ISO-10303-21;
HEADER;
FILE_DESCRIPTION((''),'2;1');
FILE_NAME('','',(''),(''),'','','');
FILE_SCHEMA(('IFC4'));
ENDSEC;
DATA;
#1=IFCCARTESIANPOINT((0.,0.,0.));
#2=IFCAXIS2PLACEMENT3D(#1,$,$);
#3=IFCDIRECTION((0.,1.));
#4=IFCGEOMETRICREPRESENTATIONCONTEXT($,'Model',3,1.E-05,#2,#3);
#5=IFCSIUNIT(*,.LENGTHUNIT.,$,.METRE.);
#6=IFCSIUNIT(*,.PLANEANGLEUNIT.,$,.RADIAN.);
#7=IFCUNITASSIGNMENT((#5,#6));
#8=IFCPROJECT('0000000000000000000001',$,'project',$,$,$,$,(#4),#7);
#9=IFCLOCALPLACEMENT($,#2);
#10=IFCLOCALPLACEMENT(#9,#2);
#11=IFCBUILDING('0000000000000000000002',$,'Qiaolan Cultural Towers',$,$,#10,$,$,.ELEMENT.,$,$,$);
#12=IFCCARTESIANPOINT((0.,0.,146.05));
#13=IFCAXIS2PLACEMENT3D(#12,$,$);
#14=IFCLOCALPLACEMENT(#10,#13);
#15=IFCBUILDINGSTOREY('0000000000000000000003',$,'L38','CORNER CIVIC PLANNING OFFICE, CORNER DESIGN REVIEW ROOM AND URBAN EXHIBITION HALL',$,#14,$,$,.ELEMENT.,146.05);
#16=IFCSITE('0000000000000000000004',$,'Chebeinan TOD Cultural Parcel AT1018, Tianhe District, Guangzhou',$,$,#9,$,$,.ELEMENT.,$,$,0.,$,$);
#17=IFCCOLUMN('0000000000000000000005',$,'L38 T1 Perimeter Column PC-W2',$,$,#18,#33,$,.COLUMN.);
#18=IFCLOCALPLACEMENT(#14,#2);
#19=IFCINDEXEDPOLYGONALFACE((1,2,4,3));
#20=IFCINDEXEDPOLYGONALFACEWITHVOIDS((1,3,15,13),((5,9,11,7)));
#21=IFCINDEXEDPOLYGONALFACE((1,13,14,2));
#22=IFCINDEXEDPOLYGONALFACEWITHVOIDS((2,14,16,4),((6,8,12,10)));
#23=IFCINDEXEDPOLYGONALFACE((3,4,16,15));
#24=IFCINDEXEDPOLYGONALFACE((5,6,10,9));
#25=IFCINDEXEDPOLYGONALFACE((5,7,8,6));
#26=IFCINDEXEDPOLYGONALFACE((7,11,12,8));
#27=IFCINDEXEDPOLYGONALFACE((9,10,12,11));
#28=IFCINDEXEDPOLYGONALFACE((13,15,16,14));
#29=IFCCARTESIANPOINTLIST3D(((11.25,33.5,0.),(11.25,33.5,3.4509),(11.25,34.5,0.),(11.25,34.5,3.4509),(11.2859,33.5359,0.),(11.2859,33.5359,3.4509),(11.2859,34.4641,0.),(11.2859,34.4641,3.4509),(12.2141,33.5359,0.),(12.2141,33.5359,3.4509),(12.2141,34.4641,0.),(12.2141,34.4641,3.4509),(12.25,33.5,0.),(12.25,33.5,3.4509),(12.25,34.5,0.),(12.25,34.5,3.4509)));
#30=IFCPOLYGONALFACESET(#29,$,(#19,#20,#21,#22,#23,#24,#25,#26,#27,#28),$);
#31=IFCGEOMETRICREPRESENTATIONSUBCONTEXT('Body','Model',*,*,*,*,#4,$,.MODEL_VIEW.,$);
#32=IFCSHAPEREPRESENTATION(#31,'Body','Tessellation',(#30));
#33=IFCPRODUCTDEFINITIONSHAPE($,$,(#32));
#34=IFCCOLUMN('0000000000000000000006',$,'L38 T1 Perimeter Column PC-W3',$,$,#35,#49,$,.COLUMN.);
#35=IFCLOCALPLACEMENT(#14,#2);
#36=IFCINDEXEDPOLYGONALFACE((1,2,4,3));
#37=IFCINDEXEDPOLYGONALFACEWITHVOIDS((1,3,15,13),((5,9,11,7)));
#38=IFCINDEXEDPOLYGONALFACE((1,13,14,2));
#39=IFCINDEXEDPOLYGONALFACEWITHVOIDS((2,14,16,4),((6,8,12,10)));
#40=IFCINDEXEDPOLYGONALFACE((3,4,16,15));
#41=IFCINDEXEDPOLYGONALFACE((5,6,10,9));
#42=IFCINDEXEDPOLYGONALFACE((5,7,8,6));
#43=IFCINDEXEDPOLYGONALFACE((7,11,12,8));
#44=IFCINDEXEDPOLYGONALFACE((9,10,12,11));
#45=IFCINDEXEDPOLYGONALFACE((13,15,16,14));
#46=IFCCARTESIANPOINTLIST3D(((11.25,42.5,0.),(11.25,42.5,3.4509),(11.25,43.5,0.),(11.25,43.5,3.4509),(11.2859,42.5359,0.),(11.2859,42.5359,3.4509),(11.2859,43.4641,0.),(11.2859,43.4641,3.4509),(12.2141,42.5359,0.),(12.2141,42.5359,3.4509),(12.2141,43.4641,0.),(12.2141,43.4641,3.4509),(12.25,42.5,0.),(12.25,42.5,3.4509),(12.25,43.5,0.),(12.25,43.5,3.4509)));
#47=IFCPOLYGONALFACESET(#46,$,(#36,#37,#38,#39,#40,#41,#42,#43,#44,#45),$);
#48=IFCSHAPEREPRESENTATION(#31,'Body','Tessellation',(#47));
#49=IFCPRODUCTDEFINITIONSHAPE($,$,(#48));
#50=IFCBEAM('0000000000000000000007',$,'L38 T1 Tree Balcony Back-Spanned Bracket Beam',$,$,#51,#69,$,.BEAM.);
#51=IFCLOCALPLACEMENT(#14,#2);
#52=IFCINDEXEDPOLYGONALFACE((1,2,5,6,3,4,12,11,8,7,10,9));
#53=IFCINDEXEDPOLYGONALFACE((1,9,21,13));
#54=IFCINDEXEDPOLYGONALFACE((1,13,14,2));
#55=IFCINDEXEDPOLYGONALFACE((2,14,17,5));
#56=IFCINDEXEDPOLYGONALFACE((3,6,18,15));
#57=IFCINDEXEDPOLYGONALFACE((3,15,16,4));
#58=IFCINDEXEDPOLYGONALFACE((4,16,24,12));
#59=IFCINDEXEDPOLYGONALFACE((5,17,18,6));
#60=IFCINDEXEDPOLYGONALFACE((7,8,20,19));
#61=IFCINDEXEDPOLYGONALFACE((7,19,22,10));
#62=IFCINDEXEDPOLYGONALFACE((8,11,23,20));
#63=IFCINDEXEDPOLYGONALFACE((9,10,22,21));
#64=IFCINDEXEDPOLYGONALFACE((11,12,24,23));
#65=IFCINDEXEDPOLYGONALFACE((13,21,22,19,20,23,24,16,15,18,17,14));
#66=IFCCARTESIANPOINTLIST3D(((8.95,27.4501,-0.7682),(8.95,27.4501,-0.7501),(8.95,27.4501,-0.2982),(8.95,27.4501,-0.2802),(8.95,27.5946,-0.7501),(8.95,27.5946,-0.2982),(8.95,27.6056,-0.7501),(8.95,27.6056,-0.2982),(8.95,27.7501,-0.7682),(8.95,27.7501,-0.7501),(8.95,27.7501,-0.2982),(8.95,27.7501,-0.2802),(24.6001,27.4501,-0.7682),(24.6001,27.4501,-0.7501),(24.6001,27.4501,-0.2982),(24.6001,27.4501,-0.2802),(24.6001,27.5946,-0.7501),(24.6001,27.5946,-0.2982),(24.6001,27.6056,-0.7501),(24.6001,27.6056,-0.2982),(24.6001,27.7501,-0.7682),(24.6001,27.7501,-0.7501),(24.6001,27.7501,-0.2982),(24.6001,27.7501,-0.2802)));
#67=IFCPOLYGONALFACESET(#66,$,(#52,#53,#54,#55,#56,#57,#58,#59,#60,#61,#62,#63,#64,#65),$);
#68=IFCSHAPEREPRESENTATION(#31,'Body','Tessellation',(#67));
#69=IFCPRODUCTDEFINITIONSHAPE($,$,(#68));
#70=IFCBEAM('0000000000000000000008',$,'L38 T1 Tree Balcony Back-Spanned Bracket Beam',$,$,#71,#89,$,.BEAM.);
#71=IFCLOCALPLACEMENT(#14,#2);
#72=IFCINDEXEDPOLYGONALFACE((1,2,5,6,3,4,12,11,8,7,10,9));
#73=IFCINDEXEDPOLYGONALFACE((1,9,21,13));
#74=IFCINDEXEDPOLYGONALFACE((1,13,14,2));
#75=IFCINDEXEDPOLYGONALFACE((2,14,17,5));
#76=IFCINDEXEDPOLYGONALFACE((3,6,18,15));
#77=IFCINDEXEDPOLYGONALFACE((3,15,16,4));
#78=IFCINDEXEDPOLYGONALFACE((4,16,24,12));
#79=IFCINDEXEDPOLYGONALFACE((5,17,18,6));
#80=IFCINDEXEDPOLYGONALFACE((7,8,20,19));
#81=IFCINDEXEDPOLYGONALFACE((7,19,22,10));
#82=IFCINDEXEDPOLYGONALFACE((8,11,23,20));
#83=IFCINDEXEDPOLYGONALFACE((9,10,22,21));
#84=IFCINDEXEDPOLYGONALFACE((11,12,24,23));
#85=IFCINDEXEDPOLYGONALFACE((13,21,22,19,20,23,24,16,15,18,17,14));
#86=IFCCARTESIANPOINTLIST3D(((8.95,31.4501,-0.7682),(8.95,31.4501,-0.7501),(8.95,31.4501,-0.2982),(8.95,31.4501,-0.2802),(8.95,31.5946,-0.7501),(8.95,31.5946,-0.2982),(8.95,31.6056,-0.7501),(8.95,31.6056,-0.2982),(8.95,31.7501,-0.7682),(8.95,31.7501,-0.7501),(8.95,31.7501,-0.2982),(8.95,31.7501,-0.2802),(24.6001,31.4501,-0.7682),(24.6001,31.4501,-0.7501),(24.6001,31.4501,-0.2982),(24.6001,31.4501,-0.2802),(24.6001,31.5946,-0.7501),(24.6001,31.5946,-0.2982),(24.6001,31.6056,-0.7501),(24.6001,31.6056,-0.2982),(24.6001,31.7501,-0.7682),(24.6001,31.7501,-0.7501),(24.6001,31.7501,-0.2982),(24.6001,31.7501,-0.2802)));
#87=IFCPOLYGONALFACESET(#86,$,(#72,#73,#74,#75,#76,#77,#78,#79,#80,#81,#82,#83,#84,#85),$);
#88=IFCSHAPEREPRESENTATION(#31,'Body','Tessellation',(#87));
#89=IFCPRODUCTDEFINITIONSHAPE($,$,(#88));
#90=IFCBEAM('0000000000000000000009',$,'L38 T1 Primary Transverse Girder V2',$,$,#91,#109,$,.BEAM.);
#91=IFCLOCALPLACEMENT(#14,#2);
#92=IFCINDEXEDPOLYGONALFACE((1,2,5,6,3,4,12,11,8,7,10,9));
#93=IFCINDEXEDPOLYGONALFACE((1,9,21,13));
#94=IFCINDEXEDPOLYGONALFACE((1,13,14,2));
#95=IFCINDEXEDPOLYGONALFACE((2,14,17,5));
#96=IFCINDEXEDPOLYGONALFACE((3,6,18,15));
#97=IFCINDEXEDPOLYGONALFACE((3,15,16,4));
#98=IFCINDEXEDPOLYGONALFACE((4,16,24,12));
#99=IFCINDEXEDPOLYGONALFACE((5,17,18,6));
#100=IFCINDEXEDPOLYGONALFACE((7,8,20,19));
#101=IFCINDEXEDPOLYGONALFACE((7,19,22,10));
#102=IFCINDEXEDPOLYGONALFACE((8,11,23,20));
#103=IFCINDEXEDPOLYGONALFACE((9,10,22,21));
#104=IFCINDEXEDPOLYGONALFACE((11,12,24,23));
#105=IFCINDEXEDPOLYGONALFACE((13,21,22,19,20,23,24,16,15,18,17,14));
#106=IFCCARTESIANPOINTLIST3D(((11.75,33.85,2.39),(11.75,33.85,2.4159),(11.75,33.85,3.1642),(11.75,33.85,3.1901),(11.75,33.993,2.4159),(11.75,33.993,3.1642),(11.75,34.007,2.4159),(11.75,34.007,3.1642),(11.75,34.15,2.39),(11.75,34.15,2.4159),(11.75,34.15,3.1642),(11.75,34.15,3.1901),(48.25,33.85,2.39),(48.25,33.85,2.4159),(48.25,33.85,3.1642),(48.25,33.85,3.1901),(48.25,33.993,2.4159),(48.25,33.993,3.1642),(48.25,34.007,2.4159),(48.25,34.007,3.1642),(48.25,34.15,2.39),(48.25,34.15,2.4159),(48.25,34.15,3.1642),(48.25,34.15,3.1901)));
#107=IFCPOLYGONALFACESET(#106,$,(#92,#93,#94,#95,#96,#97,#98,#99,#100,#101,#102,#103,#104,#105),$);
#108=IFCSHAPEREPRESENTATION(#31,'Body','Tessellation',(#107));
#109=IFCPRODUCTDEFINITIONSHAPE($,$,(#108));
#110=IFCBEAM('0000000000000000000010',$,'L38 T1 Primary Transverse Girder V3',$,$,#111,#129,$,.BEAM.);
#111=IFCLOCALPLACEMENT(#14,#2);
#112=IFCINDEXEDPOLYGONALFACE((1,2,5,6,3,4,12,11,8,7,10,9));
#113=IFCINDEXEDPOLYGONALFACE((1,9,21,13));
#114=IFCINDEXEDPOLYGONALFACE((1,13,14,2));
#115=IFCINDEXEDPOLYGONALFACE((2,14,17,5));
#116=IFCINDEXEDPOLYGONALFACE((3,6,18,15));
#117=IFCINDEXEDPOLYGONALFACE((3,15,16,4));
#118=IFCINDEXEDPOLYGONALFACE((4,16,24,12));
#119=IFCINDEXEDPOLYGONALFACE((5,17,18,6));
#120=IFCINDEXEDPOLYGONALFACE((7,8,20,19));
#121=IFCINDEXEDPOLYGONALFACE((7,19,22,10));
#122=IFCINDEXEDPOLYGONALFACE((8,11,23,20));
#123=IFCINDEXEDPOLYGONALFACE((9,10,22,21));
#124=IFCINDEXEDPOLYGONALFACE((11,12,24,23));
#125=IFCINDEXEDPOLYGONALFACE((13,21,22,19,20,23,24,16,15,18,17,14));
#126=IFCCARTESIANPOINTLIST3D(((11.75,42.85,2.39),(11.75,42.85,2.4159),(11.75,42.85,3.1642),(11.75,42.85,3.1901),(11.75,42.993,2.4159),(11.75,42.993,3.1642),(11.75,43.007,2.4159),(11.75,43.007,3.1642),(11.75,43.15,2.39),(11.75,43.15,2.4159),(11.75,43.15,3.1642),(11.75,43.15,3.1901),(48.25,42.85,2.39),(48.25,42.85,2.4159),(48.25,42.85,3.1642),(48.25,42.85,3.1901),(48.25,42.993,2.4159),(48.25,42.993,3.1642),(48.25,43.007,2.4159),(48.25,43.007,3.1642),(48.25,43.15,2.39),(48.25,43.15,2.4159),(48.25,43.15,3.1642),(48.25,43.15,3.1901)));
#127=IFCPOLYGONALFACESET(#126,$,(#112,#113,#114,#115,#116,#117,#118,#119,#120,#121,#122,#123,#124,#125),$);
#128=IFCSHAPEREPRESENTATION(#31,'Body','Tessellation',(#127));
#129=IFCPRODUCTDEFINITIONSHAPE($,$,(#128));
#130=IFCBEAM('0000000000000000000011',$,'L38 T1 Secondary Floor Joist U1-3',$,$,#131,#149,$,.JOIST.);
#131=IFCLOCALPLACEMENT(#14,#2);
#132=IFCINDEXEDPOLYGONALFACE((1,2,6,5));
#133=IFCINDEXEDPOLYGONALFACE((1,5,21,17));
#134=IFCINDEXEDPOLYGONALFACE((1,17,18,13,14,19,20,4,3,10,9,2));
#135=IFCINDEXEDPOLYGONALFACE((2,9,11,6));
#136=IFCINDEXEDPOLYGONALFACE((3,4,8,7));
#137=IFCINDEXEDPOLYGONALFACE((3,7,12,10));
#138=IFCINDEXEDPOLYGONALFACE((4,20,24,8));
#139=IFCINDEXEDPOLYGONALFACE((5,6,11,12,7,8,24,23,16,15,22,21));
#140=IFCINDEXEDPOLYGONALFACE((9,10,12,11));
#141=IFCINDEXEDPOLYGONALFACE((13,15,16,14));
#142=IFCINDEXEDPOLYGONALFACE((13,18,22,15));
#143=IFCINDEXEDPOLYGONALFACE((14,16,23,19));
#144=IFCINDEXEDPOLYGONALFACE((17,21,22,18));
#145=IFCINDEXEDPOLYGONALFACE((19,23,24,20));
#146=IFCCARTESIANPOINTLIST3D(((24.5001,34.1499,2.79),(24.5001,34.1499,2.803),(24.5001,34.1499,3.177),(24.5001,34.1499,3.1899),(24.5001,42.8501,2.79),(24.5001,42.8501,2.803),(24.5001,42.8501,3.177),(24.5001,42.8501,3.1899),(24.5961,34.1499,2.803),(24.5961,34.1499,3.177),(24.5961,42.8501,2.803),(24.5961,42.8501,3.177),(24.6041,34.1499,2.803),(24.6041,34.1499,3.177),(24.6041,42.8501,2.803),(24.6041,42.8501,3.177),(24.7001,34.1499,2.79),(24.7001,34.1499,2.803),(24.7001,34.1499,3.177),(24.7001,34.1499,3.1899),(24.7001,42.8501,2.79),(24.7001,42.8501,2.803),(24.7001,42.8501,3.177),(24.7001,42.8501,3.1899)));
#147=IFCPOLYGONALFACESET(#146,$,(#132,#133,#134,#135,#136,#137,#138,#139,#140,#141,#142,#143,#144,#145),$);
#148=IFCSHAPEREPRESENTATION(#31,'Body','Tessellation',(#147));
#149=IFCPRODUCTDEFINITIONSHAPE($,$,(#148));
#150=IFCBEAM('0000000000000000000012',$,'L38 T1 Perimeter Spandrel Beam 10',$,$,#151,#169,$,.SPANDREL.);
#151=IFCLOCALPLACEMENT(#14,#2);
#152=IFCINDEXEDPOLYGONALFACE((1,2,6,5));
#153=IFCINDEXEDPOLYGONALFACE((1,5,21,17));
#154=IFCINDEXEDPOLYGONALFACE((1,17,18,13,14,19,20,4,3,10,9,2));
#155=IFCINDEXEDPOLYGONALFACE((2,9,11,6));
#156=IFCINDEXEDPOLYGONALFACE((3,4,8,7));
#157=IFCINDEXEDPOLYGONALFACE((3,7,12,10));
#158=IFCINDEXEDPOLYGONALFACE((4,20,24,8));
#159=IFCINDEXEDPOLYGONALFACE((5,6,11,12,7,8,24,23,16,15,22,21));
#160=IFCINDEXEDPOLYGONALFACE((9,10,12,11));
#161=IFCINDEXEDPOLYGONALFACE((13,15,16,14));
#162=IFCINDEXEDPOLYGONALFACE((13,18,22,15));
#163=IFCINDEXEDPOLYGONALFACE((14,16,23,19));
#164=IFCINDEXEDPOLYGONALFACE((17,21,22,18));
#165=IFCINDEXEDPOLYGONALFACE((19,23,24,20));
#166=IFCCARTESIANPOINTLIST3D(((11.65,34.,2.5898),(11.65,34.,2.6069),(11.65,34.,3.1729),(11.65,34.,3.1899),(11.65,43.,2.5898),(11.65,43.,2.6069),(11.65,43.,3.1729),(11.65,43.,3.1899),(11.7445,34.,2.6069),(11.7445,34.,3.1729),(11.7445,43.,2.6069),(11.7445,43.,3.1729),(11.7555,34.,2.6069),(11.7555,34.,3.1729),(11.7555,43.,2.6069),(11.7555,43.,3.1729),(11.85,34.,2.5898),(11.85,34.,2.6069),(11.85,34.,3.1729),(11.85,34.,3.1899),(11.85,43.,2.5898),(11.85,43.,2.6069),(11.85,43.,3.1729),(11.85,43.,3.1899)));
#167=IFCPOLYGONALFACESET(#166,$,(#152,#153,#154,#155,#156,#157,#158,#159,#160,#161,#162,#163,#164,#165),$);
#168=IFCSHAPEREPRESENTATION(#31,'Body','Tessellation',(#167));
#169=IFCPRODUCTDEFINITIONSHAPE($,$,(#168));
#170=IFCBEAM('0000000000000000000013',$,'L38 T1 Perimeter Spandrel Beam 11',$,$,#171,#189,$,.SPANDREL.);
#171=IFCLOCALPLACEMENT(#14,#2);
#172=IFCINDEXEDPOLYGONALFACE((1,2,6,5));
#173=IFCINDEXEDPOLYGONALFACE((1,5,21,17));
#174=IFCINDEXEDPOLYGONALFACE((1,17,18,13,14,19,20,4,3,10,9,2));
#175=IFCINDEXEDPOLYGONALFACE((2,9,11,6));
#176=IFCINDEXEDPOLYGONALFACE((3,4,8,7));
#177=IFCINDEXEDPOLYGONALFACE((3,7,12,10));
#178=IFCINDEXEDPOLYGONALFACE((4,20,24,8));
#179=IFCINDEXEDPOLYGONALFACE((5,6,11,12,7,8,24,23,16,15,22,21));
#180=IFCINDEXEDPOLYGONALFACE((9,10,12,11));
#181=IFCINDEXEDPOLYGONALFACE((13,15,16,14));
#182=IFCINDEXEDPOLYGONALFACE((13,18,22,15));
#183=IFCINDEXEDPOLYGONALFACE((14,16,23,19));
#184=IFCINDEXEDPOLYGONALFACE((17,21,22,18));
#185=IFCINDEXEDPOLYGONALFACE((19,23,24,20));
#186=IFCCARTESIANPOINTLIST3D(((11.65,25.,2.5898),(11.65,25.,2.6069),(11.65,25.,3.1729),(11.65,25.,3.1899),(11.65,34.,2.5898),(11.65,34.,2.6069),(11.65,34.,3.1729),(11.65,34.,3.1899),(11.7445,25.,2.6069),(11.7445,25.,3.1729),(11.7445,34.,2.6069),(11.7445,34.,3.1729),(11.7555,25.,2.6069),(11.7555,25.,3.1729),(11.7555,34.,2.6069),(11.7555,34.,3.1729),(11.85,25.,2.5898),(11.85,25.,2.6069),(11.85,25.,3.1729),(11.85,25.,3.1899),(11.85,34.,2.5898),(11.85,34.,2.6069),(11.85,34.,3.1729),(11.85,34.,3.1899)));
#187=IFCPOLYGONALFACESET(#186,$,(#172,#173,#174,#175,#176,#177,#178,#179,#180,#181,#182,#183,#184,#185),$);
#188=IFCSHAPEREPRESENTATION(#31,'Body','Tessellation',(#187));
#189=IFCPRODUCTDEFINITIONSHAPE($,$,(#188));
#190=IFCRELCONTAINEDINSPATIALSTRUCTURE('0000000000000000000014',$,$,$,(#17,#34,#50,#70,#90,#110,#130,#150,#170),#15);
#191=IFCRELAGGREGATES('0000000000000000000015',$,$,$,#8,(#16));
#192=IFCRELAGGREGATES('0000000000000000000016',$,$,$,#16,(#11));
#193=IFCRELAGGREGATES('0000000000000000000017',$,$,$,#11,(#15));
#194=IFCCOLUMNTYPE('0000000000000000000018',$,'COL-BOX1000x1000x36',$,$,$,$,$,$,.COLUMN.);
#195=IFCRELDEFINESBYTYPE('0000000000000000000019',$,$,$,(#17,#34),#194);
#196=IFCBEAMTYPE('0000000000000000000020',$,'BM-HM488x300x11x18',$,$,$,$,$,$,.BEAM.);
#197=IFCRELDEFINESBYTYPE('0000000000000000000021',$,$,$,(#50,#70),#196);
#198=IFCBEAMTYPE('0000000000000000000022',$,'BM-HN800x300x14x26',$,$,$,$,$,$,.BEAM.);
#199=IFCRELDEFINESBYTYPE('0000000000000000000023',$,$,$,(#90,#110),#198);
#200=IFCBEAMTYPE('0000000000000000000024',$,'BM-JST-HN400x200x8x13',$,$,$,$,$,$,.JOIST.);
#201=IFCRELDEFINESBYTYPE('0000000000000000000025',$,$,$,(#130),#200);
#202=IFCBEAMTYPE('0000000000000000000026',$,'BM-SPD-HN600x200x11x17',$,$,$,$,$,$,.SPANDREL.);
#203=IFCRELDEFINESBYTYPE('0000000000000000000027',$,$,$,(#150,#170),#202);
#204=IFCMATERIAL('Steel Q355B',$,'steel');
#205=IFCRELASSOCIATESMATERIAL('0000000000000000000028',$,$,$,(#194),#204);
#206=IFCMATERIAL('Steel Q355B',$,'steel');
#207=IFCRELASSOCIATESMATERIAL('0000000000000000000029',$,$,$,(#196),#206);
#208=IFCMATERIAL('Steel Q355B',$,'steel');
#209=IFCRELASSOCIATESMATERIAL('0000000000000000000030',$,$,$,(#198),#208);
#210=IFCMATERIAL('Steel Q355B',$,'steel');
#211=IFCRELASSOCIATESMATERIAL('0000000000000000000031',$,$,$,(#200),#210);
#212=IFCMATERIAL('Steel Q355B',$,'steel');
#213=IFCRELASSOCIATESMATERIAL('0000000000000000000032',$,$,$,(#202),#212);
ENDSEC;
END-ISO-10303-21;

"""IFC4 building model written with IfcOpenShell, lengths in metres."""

from ifc_helpers import new_model, si_unit, direction, frame, origin, origin_2d, place, context, subcontext, project, spatial, hollow_rectangle, i_section, extrude, material, material_profile, profile_set, type_object, element, save


model = new_model("IFC4")

# Units and contexts
model_context = context("Model", 3, precision=1e-05, world=origin(), true_north=direction((0.0, 1.0)))
body_context = subcontext(model_context, "Body", "Model", "MODEL_VIEW")
ifc_project = project(units=[si_unit("LENGTHUNIT", "METRE"), si_unit("PLANEANGLEUNIT", "RADIAN")], contexts=[model_context])

# Site, building, storey
site_placement = place(None, origin())
site = spatial("IfcSite", under=ifc_project, at=site_placement, Name="Chebeinan TOD Cultural Parcel AT1018, Tianhe District, Guangzhou", CompositionType="ELEMENT", RefElevation=0.0)
building_placement = place(site_placement, origin())
building = spatial("IfcBuilding", under=site, at=building_placement, Name="Qiaolan Cultural Towers", CompositionType="ELEMENT")
storey_placement = place(building_placement, frame((0.0, 0.0, 146.05)))
storey = spatial("IfcBuildingStorey", under=building, at=storey_placement, Name="L38", Description="CORNER CIVIC PLANNING OFFICE, CORNER DESIGN REVIEW ROOM AND URBAN EXHIBITION HALL", CompositionType="ELEMENT", Elevation=146.05)

# Columns
ifc_material_1 = material(Name="Steel Q355B", Category="steel")
ifc_material_profile_1 = material_profile(ifc_material_1, hollow_rectangle(XDim=1.0, YDim=1.0, WallThickness=0.0359, at=origin_2d()), Name="BOX1000x1000x36")
ifc_profile_set_1 = profile_set([ifc_material_profile_1], Name="Steel Q355B")
column_type = type_object("IfcColumnType", Name="COL-BOX1000x1000x36", PredefinedType="COLUMN", material=ifc_profile_set_1)
for number, where, z_axis, x_axis, name in (
    (1, (11.75, 34.0, 0.0), (0.0, 0.0, 1.0), (1.0, 0.0, 0.0), "L38 T1 Perimeter Column PC-W2"),
    (2, (11.75, 43.0, 0.0), (0.0, 0.0, 1.0), (1.0, 0.0, 0.0), "L38 T1 Perimeter Column PC-W3"),
):
    element("IfcColumn", number, at=place(storey_placement, frame(where, z_axis=z_axis, x_axis=x_axis)), inside=storey, type_object=column_type, Name=name, PredefinedType="COLUMN", context=body_context, shape_type="SweptSolid", body=[
        extrude(hollow_rectangle(XDim=1.0, YDim=1.0, WallThickness=0.0359, at=origin_2d()), origin(), (0.0, 0.0, 1.0), 3.4509),
    ])

# Beams
ifc_material_2 = material(Name="Steel Q355B", Category="steel")
ifc_material_profile_2 = material_profile(ifc_material_2, i_section(OverallWidth=0.3, OverallDepth=0.488, WebThickness=0.011, FlangeThickness=0.0181, at=origin_2d()), Name="HM488x300x11x18")
ifc_profile_set_2 = profile_set([ifc_material_profile_2], Name="Steel Q355B")
beam_type_1 = type_object("IfcBeamType", Name="BM-HM488x300x11x18", PredefinedType="BEAM", material=ifc_profile_set_2)
for number, where, z_axis, x_axis, name in (
    (3, (24.6001, 27.6001, -0.5242), (-1.0, 0.0, 0.0), (0.0, -1.0, 0.0), "L38 T1 Tree Balcony Back-Spanned Bracket Beam"),
    (4, (24.6001, 31.6001, -0.5242), (-1.0, 0.0, 0.0), (0.0, -1.0, 0.0), "L38 T1 Tree Balcony Back-Spanned Bracket Beam"),
):
    element("IfcBeam", number, at=place(storey_placement, frame(where, z_axis=z_axis, x_axis=x_axis)), inside=storey, type_object=beam_type_1, Name=name, PredefinedType="BEAM", context=body_context, shape_type="SweptSolid", body=[
        extrude(i_section(OverallWidth=0.3, OverallDepth=0.488, WebThickness=0.011, FlangeThickness=0.0181, at=origin_2d()), origin(), (0.0, 0.0, 1.0), 15.6501),
    ])
ifc_material_3 = material(Name="Steel Q355B", Category="steel")
ifc_material_profile_3 = material_profile(ifc_material_3, i_section(OverallWidth=0.3, OverallDepth=0.8, WebThickness=0.0139, FlangeThickness=0.0259, at=origin_2d()), Name="HN800x300x14x26")
ifc_profile_set_3 = profile_set([ifc_material_profile_3], Name="Steel Q355B")
beam_type_2 = type_object("IfcBeamType", Name="BM-HN800x300x14x26", PredefinedType="BEAM", material=ifc_profile_set_3)
for number, where, z_axis, x_axis, name in (
    (5, (11.75, 34.0, 2.79), (1.0, 0.0, 0.0), (0.0, 1.0, 0.0), "L38 T1 Primary Transverse Girder V2"),
    (6, (11.75, 43.0, 2.79), (1.0, 0.0, 0.0), (0.0, 1.0, 0.0), "L38 T1 Primary Transverse Girder V3"),
):
    element("IfcBeam", number, at=place(storey_placement, frame(where, z_axis=z_axis, x_axis=x_axis)), inside=storey, type_object=beam_type_2, Name=name, PredefinedType="BEAM", context=body_context, shape_type="SweptSolid", body=[
        extrude(i_section(OverallWidth=0.3, OverallDepth=0.8, WebThickness=0.0139, FlangeThickness=0.0259, at=origin_2d()), origin(), (0.0, 0.0, 1.0), 36.5),
    ])
ifc_material_4 = material(Name="Steel Q355B", Category="steel")
ifc_material_profile_4 = material_profile(ifc_material_4, i_section(OverallWidth=0.2, OverallDepth=0.3999, WebThickness=0.0081, FlangeThickness=0.0129, at=origin_2d()), Name="HN400x200x8x13")
ifc_profile_set_4 = profile_set([ifc_material_profile_4], Name="Steel Q355B")
beam_type_3 = type_object("IfcBeamType", Name="BM-JST-HN400x200x8x13", PredefinedType="JOIST", material=ifc_profile_set_4)
beam_1_placement = place(storey_placement, frame((24.6001, 34.1499, 2.99), z_axis=(0.0, 1.0, 0.0), x_axis=(-1.0, 0.0, 0.0)))
element("IfcBeam", 7, at=beam_1_placement, inside=storey, type_object=beam_type_3, Name="L38 T1 Secondary Floor Joist U1-3", PredefinedType="JOIST", context=body_context, shape_type="SweptSolid", body=[
    extrude(i_section(OverallWidth=0.2, OverallDepth=0.3999, WebThickness=0.0081, FlangeThickness=0.0129, at=origin_2d()), origin(), (0.0, 0.0, 1.0), 8.7002),
])
ifc_material_5 = material(Name="Steel Q355B", Category="steel")
ifc_material_profile_5 = material_profile(ifc_material_5, i_section(OverallWidth=0.2, OverallDepth=0.6001, WebThickness=0.011, FlangeThickness=0.0171, at=origin_2d()), Name="HN600x200x11x17")
ifc_profile_set_5 = profile_set([ifc_material_profile_5], Name="Steel Q355B")
beam_type_4 = type_object("IfcBeamType", Name="BM-SPD-HN600x200x11x17", PredefinedType="SPANDREL", material=ifc_profile_set_5)
for number, where, z_axis, x_axis, name in (
    (8, (11.75, 43.0, 2.8899), (0.0, -1.0, 0.0), (1.0, 0.0, 0.0), "L38 T1 Perimeter Spandrel Beam 10"),
    (9, (11.75, 34.0, 2.8899), (0.0, -1.0, 0.0), (1.0, 0.0, 0.0), "L38 T1 Perimeter Spandrel Beam 11"),
):
    element("IfcBeam", number, at=place(storey_placement, frame(where, z_axis=z_axis, x_axis=x_axis)), inside=storey, type_object=beam_type_4, Name=name, PredefinedType="SPANDREL", context=body_context, shape_type="SweptSolid", body=[
        extrude(i_section(OverallWidth=0.2, OverallDepth=0.6001, WebThickness=0.011, FlangeThickness=0.0171, at=origin_2d()), origin(), (0.0, 0.0, 1.0), 9.0),
    ])

save(model, "model.ifc")
